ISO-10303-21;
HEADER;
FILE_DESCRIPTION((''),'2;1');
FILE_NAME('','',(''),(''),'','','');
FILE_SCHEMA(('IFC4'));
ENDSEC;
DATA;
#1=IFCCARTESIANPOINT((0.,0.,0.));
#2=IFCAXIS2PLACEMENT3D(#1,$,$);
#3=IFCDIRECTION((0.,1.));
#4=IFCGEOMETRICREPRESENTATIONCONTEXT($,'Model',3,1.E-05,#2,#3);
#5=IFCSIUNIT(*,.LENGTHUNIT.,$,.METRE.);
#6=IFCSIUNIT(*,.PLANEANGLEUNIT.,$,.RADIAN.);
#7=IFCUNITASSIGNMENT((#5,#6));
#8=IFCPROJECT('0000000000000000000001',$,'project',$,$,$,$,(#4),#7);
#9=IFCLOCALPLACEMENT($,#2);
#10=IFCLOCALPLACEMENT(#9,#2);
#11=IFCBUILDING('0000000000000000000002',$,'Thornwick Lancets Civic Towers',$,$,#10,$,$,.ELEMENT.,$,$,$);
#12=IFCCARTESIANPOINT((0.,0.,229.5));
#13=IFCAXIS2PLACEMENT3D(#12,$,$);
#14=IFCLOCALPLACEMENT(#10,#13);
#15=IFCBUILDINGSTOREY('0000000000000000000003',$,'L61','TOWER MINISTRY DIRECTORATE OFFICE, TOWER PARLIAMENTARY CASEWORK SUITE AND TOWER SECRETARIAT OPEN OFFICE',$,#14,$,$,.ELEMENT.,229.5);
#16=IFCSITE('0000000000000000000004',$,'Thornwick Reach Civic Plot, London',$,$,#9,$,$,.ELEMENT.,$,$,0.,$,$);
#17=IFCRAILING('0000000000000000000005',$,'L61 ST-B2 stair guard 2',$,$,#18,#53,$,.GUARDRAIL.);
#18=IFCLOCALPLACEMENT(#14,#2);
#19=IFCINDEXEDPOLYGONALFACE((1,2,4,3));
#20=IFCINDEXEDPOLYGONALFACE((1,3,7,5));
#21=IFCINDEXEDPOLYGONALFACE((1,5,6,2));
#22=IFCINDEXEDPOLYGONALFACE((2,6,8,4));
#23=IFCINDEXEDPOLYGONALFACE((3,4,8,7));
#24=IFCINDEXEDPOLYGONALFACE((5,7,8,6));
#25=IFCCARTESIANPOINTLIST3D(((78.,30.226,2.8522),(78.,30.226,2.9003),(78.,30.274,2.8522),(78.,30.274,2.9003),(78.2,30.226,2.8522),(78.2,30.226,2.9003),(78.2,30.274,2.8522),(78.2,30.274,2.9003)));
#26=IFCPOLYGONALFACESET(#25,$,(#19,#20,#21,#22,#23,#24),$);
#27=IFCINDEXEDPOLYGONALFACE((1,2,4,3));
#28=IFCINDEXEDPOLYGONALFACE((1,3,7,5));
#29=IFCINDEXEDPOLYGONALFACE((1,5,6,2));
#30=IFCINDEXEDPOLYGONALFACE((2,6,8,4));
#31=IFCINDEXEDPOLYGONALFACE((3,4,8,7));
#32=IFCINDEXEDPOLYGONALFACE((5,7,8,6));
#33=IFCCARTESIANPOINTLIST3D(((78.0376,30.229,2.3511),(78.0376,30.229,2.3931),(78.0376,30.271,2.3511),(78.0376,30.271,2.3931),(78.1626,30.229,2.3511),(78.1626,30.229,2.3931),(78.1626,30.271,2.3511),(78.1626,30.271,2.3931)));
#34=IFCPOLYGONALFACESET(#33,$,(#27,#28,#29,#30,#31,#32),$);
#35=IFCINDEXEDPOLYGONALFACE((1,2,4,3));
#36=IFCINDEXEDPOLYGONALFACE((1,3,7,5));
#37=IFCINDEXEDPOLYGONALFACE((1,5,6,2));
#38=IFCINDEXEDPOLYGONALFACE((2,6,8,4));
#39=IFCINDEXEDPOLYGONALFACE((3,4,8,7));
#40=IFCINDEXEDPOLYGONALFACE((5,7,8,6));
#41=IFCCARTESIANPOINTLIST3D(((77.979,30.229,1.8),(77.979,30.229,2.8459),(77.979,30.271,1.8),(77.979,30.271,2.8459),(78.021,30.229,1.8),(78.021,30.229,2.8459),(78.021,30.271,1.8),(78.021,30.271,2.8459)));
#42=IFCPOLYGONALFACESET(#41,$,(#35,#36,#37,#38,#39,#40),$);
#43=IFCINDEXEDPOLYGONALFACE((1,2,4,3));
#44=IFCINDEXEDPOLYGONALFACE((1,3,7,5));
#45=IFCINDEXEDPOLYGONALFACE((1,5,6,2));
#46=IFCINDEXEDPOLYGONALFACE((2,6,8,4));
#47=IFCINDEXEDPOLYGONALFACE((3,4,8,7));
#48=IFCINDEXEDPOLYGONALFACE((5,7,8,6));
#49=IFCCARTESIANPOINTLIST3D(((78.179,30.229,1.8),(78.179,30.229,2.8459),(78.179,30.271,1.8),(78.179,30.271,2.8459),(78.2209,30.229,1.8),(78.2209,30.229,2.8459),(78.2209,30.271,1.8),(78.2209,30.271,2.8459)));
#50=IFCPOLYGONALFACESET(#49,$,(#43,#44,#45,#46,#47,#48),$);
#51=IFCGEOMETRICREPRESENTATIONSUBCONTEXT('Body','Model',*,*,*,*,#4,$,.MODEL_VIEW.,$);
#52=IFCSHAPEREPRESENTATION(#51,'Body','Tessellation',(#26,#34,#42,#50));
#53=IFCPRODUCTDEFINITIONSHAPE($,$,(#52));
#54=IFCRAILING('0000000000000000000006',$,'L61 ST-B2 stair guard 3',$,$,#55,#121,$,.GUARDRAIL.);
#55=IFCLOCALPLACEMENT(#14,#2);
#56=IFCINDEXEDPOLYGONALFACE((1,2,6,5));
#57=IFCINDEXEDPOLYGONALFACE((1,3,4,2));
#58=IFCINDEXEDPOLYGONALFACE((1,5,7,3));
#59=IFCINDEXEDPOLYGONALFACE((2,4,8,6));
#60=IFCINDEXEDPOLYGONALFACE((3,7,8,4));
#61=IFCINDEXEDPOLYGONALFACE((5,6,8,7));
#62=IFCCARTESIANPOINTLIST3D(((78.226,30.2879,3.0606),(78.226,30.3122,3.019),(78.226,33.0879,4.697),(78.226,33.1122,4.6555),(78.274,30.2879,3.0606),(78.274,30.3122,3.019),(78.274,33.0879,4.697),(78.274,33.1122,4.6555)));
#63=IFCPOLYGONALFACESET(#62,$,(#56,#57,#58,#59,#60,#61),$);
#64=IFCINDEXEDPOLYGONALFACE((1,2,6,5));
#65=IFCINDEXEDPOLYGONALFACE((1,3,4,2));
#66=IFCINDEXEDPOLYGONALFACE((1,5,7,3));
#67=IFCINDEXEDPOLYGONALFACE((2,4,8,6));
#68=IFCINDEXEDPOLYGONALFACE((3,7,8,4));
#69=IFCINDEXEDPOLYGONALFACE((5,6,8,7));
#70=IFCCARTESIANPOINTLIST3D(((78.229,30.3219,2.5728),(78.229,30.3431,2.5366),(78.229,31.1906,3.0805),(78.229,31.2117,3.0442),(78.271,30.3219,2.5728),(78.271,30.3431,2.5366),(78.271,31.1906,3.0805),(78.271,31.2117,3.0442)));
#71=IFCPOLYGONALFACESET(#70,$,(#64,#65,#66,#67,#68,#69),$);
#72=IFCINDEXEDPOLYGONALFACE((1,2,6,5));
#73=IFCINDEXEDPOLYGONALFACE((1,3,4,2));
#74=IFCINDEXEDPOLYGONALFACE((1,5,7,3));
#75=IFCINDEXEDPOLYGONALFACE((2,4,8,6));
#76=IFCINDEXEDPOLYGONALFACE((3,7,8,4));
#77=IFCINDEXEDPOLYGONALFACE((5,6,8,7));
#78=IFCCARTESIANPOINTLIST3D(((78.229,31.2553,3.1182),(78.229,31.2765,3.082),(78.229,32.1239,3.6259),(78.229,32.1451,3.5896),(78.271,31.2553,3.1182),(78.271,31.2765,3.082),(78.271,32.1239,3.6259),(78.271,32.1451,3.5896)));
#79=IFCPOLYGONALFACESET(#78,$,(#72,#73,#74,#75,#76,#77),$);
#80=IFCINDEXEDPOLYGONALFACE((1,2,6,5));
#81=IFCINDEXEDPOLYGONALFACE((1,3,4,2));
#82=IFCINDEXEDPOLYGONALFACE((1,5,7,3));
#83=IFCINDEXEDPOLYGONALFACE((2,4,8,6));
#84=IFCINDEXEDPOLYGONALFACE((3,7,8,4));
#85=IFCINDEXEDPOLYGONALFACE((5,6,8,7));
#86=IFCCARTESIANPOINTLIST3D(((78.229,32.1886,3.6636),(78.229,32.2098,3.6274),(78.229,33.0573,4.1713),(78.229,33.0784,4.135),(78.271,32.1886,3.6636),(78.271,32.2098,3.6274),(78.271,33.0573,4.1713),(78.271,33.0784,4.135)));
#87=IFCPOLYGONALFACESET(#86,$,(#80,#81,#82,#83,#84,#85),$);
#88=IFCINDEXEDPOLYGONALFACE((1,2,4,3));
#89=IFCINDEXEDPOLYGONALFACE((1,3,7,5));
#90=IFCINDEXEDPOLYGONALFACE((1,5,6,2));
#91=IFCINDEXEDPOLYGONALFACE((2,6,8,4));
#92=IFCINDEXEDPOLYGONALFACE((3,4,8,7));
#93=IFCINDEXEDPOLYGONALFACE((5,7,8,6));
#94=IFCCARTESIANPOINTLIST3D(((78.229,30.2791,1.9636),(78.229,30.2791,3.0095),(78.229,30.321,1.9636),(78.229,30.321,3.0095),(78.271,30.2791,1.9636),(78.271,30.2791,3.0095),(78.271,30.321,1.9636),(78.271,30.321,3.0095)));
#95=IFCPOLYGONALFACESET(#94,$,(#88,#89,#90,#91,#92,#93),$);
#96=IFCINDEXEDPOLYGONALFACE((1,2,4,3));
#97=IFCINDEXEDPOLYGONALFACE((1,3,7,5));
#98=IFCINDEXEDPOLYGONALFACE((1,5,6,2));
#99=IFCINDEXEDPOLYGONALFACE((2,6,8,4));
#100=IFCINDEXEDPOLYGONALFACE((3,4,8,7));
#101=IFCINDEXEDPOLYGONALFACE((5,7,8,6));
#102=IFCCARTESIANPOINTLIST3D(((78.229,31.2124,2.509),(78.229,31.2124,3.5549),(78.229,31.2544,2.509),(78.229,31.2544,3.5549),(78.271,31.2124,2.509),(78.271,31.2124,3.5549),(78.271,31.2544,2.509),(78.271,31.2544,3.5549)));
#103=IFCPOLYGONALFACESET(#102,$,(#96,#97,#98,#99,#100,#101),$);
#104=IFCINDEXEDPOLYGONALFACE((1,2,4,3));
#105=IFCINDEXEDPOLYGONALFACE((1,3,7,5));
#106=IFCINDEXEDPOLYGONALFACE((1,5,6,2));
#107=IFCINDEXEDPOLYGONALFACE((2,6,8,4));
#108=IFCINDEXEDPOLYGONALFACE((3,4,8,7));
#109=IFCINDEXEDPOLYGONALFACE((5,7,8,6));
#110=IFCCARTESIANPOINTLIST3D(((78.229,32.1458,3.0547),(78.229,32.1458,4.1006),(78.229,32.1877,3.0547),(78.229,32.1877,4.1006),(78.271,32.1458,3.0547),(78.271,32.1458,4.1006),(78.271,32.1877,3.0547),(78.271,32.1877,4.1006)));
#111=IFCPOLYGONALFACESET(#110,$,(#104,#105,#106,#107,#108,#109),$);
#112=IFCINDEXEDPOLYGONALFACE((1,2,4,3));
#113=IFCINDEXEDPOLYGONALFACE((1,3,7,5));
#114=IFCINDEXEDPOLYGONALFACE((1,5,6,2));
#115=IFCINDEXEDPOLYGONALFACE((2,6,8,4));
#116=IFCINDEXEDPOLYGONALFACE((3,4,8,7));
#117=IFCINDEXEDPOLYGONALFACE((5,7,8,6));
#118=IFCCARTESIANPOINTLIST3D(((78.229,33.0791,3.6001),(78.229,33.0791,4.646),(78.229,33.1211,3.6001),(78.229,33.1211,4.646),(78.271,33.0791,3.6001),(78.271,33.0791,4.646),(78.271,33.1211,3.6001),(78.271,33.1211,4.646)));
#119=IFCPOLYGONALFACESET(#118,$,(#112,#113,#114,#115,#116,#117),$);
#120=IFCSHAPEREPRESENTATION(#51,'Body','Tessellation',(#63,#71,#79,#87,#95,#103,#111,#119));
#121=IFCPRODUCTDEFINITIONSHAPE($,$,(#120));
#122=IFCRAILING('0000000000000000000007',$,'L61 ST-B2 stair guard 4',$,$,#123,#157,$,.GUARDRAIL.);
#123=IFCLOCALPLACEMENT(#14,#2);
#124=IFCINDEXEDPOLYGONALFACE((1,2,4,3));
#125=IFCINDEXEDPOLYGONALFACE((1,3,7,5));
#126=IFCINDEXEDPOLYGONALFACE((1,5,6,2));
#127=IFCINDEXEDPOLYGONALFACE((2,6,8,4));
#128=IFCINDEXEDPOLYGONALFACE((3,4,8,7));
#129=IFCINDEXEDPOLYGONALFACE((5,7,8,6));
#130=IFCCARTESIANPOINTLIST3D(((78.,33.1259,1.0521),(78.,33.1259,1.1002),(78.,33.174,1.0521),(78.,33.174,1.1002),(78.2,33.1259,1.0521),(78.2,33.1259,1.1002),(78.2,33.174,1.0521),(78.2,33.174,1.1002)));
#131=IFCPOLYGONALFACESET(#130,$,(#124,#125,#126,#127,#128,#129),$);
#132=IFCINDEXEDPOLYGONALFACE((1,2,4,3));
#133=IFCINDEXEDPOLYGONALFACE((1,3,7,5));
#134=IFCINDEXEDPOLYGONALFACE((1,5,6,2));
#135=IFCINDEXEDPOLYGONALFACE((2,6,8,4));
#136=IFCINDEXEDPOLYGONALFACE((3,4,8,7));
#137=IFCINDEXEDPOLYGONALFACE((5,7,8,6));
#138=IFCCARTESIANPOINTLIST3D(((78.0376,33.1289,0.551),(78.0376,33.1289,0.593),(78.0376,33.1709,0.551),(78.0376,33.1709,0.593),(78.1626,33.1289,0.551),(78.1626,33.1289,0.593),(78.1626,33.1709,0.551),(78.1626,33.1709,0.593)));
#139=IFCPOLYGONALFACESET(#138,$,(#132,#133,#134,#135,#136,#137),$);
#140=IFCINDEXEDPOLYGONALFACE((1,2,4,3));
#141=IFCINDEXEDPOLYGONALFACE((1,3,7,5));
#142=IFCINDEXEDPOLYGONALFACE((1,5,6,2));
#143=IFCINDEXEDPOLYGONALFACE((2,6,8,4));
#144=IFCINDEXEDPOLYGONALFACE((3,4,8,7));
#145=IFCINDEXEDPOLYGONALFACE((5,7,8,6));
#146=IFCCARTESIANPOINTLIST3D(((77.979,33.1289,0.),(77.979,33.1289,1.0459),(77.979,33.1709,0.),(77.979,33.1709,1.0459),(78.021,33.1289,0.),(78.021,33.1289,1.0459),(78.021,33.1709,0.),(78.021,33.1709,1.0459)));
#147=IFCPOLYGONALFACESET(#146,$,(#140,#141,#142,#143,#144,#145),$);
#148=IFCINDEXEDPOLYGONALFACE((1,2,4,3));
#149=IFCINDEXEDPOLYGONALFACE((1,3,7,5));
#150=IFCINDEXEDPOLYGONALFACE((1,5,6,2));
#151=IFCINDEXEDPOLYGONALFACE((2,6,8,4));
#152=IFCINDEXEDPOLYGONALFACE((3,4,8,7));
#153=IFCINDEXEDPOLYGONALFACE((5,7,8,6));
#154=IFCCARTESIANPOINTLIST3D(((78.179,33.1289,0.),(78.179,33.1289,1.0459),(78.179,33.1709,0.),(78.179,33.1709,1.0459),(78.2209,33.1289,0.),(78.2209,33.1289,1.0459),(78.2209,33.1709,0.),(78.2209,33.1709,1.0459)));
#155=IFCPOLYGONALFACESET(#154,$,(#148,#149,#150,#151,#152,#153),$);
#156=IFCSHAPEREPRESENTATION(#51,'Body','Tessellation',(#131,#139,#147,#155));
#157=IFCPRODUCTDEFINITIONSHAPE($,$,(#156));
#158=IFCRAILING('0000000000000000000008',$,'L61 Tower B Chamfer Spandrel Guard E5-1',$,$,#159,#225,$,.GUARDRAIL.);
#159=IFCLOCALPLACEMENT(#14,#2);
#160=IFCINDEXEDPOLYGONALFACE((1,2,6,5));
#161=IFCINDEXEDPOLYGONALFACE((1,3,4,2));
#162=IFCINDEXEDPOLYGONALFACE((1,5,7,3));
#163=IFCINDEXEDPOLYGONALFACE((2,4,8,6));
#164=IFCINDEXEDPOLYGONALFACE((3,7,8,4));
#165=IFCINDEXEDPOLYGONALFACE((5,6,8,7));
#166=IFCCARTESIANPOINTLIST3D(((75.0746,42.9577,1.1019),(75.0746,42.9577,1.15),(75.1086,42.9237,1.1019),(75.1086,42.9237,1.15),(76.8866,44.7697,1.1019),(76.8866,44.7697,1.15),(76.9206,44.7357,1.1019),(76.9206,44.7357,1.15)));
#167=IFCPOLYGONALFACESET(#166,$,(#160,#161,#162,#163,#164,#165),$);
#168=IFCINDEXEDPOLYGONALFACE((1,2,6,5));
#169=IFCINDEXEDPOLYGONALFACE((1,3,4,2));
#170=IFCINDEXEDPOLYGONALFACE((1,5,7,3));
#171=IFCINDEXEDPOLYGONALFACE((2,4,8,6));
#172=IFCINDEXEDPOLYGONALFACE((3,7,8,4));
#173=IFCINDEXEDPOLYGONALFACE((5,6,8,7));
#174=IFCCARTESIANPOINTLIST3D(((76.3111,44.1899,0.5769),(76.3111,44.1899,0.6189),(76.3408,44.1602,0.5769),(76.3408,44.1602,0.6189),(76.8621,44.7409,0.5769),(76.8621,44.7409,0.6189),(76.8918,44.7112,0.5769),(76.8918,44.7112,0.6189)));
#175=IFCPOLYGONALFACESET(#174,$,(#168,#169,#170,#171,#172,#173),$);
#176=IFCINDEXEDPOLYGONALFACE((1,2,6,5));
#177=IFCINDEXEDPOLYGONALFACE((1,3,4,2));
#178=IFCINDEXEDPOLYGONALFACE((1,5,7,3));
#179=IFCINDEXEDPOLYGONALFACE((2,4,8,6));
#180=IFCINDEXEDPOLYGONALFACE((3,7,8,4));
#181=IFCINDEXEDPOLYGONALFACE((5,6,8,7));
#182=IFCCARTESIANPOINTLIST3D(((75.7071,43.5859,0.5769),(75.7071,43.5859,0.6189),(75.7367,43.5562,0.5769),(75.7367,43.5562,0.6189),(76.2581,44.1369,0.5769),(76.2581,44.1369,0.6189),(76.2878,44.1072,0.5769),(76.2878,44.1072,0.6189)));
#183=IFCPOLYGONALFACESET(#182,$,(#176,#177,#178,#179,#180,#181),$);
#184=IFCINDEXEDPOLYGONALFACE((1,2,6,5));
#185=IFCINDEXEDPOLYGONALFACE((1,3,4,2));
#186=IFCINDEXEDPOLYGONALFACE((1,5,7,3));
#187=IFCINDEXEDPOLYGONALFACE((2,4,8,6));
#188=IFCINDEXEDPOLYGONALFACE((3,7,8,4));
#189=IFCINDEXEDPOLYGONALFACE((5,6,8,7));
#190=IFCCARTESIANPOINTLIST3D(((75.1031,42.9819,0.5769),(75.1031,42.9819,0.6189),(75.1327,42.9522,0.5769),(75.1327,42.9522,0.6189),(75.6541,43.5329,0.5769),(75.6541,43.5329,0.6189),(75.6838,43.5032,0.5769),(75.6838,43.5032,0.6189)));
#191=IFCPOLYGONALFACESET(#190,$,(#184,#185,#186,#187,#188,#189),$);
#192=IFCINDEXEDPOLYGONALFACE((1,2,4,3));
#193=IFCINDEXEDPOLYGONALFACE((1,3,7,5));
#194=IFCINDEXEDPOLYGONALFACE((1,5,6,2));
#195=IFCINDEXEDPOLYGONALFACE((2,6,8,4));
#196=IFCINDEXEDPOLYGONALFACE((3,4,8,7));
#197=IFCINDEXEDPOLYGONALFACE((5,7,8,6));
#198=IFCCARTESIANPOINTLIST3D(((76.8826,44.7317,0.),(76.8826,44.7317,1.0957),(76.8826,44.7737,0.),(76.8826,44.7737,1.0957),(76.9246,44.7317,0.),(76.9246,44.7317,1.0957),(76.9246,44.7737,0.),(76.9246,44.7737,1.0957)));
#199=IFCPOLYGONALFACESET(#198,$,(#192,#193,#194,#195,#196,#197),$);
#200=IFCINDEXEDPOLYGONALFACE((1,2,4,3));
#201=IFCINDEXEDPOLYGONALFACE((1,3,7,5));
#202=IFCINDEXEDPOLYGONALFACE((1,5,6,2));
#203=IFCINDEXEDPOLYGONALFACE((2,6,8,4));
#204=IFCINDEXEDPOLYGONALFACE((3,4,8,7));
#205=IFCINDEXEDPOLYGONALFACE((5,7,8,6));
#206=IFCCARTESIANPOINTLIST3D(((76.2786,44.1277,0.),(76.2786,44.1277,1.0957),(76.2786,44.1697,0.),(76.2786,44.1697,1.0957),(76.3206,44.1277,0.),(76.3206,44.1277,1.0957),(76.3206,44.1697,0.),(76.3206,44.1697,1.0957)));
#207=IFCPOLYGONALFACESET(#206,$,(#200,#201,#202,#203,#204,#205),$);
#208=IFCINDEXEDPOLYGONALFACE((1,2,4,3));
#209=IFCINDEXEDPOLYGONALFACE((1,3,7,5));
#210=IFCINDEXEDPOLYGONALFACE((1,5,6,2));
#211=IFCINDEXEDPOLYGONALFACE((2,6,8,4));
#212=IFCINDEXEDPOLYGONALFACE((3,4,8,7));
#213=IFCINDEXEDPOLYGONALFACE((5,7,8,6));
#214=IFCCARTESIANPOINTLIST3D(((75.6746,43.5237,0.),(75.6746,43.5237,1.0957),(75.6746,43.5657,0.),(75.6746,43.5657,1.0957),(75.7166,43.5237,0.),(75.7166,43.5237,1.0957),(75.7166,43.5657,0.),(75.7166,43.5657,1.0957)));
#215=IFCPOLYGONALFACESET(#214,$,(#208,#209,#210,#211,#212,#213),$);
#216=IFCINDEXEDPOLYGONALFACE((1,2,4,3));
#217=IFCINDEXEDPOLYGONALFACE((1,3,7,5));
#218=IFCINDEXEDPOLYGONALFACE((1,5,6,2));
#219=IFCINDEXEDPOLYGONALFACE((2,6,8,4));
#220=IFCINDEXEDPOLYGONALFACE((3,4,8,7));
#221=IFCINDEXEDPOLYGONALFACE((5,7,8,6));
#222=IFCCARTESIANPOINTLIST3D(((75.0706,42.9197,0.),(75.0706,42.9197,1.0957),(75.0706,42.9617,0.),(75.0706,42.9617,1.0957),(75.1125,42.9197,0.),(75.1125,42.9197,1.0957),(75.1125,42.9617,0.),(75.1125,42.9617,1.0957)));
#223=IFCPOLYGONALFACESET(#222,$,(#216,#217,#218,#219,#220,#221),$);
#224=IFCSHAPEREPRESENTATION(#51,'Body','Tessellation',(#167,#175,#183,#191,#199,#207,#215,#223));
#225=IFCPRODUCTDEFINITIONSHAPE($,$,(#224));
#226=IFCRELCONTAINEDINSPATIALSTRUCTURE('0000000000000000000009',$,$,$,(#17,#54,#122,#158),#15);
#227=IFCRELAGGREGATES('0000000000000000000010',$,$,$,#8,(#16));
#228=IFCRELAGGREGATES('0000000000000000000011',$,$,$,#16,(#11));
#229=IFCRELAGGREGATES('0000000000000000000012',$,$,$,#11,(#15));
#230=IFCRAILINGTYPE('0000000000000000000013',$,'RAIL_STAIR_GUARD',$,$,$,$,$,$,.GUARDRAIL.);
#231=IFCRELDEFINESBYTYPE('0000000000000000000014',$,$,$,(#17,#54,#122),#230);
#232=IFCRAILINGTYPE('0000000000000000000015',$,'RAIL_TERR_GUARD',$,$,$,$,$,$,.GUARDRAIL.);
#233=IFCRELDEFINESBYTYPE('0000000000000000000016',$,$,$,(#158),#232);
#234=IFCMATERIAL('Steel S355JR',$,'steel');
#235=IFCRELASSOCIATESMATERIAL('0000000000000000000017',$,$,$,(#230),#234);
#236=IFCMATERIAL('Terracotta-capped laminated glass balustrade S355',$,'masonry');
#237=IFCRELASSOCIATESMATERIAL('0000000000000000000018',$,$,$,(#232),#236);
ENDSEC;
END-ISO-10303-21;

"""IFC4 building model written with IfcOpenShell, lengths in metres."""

from ifc_helpers import new_model, si_unit, direction, frame, origin, origin_2d, place, context, subcontext, project, spatial, rectangle, extrude, material, type_object, element, save


model = new_model("IFC4")

# Units and contexts
model_context = context("Model", 3, precision=1e-05, world=origin(), true_north=direction((0.0, 1.0)))
body_context = subcontext(model_context, "Body", "Model", "MODEL_VIEW")
ifc_project = project(units=[si_unit("LENGTHUNIT", "METRE"), si_unit("PLANEANGLEUNIT", "RADIAN")], contexts=[model_context])

# Site, building, storey
site_placement = place(None, origin())
site = spatial("IfcSite", under=ifc_project, at=site_placement, Name="Thornwick Reach Civic Plot, London", CompositionType="ELEMENT", RefElevation=0.0)
building_placement = place(site_placement, origin())
building = spatial("IfcBuilding", under=site, at=building_placement, Name="Thornwick Lancets Civic Towers", CompositionType="ELEMENT")
storey_placement = place(building_placement, frame((0.0, 0.0, 229.5)))
storey = spatial("IfcBuildingStorey", under=building, at=storey_placement, Name="L61", Description="TOWER MINISTRY DIRECTORATE OFFICE, TOWER PARLIAMENTARY CASEWORK SUITE AND TOWER SECRETARIAT OPEN OFFICE", CompositionType="ELEMENT", Elevation=229.5)

# Shared definitions
ifc_material_1 = material(Name="Steel S355JR", Category="steel")

# Railings
railing_type_1 = type_object("IfcRailingType", Name="RAIL_STAIR_GUARD", PredefinedType="GUARDRAIL", material=ifc_material_1)
railing_1_placement = place(storey_placement, frame((78.0, 30.25, 1.8)))
element("IfcRailing", 1, at=railing_1_placement, inside=storey, type_object=railing_type_1, Name="L61 ST-B2 stair guard 2", PredefinedType="GUARDRAIL", context=body_context, shape_type="SweptSolid", body=[
    extrude(rectangle(XDim=0.0481, YDim=0.0481, at=origin_2d()), frame((0.0, 0.0, 1.0762), z_axis=(1.0, 0.0, 0.0), x_axis=(0.0, 1.0, 0.0)), (0.0, 0.0, 1.0), 0.2),
    extrude(rectangle(XDim=0.042, YDim=0.042, at=origin_2d()), frame((0.0376, 0.0, 0.572), z_axis=(1.0, 0.0, 0.0), x_axis=(0.0, 1.0, 0.0)), (0.0, 0.0, 1.0), 0.125),
    extrude(rectangle(XDim=0.042, YDim=0.042, at=origin_2d()), origin(), (0.0, 0.0, 1.0), 1.0459),
    extrude(rectangle(XDim=0.042, YDim=0.042, at=origin_2d()), frame((0.2, 0.0, 0.0)), (0.0, 0.0, 1.0), 1.0459),
])
railing_2_placement = place(storey_placement, frame((78.25, 30.3, 1.9636)))
element("IfcRailing", 2, at=railing_2_placement, inside=storey, type_object=railing_type_1, Name="L61 ST-B2 stair guard 3", PredefinedType="GUARDRAIL", context=body_context, shape_type="SweptSolid", body=[
    extrude(rectangle(XDim=0.0481, YDim=0.0481, at=origin_2d()), frame((0.0, 0.0, 1.0762), z_axis=(0.0, 0.863361, 0.504587), x_axis=(-1.0, 0.0, 0.0)), (0.0, 0.0, 1.0), 3.2432),
    extrude(rectangle(XDim=0.042, YDim=0.042, at=origin_2d()), frame((0.0, 0.0325, 0.5911), z_axis=(0.0, 0.863361, 0.504587), x_axis=(-1.0, 0.0, 0.0)), (0.0, 0.0, 1.0), 1.0061),
    extrude(rectangle(XDim=0.042, YDim=0.042, at=origin_2d()), frame((0.0, 0.9658, 1.1365), z_axis=(0.0, 0.863361, 0.504587), x_axis=(-1.0, 0.0, 0.0)), (0.0, 0.0, 1.0), 1.0061),
    extrude(rectangle(XDim=0.042, YDim=0.042, at=origin_2d()), frame((0.0, 1.8992, 1.6819), z_axis=(0.0, 0.863361, 0.504587), x_axis=(-1.0, 0.0, 0.0)), (0.0, 0.0, 1.0), 1.0061),
    extrude(rectangle(XDim=0.042, YDim=0.042, at=origin_2d()), origin(), (0.0, 0.0, 1.0), 1.0459),
    extrude(rectangle(XDim=0.042, YDim=0.042, at=origin_2d()), frame((0.0, 0.9333, 0.5454)), (0.0, 0.0, 1.0), 1.0459),
    extrude(rectangle(XDim=0.042, YDim=0.042, at=origin_2d()), frame((0.0, 1.8667, 1.0911)), (0.0, 0.0, 1.0), 1.0459),
    extrude(rectangle(XDim=0.042, YDim=0.042, at=origin_2d()), frame((0.0, 2.8, 1.6365)), (0.0, 0.0, 1.0), 1.0459),
])
railing_3_placement = place(storey_placement, frame((78.0, 33.1499, 0.0)))
element("IfcRailing", 3, at=railing_3_placement, inside=storey, type_object=railing_type_1, Name="L61 ST-B2 stair guard 4", PredefinedType="GUARDRAIL", context=body_context, shape_type="SweptSolid", body=[
    extrude(rectangle(XDim=0.0481, YDim=0.0481, at=origin_2d()), frame((0.0, 0.0, 1.0762), z_axis=(1.0, 0.0, 0.0), x_axis=(0.0, 1.0, 0.0)), (0.0, 0.0, 1.0), 0.2),
    extrude(rectangle(XDim=0.042, YDim=0.042, at=origin_2d()), frame((0.0376, 0.0, 0.572), z_axis=(1.0, 0.0, 0.0), x_axis=(0.0, 1.0, 0.0)), (0.0, 0.0, 1.0), 0.125),
    extrude(rectangle(XDim=0.042, YDim=0.042, at=origin_2d()), origin(), (0.0, 0.0, 1.0), 1.0459),
    extrude(rectangle(XDim=0.042, YDim=0.042, at=origin_2d()), frame((0.2, 0.0, 0.0)), (0.0, 0.0, 1.0), 1.0459),
])
ifc_material_2 = material(Name="Terracotta-capped laminated glass balustrade S355", Category="masonry")
railing_type_2 = type_object("IfcRailingType", Name="RAIL_TERR_GUARD", PredefinedType="GUARDRAIL", material=ifc_material_2)
railing_4_placement = place(storey_placement, frame((76.9036, 44.7527, 0.0)))
element("IfcRailing", 4, at=railing_4_placement, inside=storey, type_object=railing_type_2, Name="L61 Tower B Chamfer Spandrel Guard E5-1", PredefinedType="GUARDRAIL", context=body_context, shape_type="SweptSolid", body=[
    extrude(rectangle(XDim=0.0481, YDim=0.0481, at=origin_2d()), frame((0.0, 0.0, 1.126), z_axis=(-0.707107, -0.707107, 0.0), x_axis=(0.707107, -0.707107, 0.0)), (0.0, 0.0, 1.0), 2.5625),
    extrude(rectangle(XDim=0.042, YDim=0.042, at=origin_2d()), frame((-0.0266, -0.0266, 0.5979), z_axis=(-0.707107, -0.707107, 0.0), x_axis=(0.707107, -0.707107, 0.0)), (0.0, 0.0, 1.0), 0.7793),
    extrude(rectangle(XDim=0.042, YDim=0.042, at=origin_2d()), frame((-0.6306, -0.6306, 0.5979), z_axis=(-0.707107, -0.707107, 0.0), x_axis=(0.707107, -0.707107, 0.0)), (0.0, 0.0, 1.0), 0.7793),
    extrude(rectangle(XDim=0.042, YDim=0.042, at=origin_2d()), frame((-1.2346, -1.2346, 0.5979), z_axis=(-0.707107, -0.707107, 0.0), x_axis=(0.707107, -0.707107, 0.0)), (0.0, 0.0, 1.0), 0.7793),
    extrude(rectangle(XDim=0.042, YDim=0.042, at=origin_2d()), origin(), (0.0, 0.0, 1.0), 1.0957),
    extrude(rectangle(XDim=0.042, YDim=0.042, at=origin_2d()), frame((-0.604, -0.604, 0.0)), (0.0, 0.0, 1.0), 1.0957),
    extrude(rectangle(XDim=0.042, YDim=0.042, at=origin_2d()), frame((-1.208, -1.208, 0.0)), (0.0, 0.0, 1.0), 1.0957),
    extrude(rectangle(XDim=0.042, YDim=0.042, at=origin_2d()), frame((-1.812, -1.812, 0.0)), (0.0, 0.0, 1.0), 1.0957),
])

save(model, "model.ifc")
